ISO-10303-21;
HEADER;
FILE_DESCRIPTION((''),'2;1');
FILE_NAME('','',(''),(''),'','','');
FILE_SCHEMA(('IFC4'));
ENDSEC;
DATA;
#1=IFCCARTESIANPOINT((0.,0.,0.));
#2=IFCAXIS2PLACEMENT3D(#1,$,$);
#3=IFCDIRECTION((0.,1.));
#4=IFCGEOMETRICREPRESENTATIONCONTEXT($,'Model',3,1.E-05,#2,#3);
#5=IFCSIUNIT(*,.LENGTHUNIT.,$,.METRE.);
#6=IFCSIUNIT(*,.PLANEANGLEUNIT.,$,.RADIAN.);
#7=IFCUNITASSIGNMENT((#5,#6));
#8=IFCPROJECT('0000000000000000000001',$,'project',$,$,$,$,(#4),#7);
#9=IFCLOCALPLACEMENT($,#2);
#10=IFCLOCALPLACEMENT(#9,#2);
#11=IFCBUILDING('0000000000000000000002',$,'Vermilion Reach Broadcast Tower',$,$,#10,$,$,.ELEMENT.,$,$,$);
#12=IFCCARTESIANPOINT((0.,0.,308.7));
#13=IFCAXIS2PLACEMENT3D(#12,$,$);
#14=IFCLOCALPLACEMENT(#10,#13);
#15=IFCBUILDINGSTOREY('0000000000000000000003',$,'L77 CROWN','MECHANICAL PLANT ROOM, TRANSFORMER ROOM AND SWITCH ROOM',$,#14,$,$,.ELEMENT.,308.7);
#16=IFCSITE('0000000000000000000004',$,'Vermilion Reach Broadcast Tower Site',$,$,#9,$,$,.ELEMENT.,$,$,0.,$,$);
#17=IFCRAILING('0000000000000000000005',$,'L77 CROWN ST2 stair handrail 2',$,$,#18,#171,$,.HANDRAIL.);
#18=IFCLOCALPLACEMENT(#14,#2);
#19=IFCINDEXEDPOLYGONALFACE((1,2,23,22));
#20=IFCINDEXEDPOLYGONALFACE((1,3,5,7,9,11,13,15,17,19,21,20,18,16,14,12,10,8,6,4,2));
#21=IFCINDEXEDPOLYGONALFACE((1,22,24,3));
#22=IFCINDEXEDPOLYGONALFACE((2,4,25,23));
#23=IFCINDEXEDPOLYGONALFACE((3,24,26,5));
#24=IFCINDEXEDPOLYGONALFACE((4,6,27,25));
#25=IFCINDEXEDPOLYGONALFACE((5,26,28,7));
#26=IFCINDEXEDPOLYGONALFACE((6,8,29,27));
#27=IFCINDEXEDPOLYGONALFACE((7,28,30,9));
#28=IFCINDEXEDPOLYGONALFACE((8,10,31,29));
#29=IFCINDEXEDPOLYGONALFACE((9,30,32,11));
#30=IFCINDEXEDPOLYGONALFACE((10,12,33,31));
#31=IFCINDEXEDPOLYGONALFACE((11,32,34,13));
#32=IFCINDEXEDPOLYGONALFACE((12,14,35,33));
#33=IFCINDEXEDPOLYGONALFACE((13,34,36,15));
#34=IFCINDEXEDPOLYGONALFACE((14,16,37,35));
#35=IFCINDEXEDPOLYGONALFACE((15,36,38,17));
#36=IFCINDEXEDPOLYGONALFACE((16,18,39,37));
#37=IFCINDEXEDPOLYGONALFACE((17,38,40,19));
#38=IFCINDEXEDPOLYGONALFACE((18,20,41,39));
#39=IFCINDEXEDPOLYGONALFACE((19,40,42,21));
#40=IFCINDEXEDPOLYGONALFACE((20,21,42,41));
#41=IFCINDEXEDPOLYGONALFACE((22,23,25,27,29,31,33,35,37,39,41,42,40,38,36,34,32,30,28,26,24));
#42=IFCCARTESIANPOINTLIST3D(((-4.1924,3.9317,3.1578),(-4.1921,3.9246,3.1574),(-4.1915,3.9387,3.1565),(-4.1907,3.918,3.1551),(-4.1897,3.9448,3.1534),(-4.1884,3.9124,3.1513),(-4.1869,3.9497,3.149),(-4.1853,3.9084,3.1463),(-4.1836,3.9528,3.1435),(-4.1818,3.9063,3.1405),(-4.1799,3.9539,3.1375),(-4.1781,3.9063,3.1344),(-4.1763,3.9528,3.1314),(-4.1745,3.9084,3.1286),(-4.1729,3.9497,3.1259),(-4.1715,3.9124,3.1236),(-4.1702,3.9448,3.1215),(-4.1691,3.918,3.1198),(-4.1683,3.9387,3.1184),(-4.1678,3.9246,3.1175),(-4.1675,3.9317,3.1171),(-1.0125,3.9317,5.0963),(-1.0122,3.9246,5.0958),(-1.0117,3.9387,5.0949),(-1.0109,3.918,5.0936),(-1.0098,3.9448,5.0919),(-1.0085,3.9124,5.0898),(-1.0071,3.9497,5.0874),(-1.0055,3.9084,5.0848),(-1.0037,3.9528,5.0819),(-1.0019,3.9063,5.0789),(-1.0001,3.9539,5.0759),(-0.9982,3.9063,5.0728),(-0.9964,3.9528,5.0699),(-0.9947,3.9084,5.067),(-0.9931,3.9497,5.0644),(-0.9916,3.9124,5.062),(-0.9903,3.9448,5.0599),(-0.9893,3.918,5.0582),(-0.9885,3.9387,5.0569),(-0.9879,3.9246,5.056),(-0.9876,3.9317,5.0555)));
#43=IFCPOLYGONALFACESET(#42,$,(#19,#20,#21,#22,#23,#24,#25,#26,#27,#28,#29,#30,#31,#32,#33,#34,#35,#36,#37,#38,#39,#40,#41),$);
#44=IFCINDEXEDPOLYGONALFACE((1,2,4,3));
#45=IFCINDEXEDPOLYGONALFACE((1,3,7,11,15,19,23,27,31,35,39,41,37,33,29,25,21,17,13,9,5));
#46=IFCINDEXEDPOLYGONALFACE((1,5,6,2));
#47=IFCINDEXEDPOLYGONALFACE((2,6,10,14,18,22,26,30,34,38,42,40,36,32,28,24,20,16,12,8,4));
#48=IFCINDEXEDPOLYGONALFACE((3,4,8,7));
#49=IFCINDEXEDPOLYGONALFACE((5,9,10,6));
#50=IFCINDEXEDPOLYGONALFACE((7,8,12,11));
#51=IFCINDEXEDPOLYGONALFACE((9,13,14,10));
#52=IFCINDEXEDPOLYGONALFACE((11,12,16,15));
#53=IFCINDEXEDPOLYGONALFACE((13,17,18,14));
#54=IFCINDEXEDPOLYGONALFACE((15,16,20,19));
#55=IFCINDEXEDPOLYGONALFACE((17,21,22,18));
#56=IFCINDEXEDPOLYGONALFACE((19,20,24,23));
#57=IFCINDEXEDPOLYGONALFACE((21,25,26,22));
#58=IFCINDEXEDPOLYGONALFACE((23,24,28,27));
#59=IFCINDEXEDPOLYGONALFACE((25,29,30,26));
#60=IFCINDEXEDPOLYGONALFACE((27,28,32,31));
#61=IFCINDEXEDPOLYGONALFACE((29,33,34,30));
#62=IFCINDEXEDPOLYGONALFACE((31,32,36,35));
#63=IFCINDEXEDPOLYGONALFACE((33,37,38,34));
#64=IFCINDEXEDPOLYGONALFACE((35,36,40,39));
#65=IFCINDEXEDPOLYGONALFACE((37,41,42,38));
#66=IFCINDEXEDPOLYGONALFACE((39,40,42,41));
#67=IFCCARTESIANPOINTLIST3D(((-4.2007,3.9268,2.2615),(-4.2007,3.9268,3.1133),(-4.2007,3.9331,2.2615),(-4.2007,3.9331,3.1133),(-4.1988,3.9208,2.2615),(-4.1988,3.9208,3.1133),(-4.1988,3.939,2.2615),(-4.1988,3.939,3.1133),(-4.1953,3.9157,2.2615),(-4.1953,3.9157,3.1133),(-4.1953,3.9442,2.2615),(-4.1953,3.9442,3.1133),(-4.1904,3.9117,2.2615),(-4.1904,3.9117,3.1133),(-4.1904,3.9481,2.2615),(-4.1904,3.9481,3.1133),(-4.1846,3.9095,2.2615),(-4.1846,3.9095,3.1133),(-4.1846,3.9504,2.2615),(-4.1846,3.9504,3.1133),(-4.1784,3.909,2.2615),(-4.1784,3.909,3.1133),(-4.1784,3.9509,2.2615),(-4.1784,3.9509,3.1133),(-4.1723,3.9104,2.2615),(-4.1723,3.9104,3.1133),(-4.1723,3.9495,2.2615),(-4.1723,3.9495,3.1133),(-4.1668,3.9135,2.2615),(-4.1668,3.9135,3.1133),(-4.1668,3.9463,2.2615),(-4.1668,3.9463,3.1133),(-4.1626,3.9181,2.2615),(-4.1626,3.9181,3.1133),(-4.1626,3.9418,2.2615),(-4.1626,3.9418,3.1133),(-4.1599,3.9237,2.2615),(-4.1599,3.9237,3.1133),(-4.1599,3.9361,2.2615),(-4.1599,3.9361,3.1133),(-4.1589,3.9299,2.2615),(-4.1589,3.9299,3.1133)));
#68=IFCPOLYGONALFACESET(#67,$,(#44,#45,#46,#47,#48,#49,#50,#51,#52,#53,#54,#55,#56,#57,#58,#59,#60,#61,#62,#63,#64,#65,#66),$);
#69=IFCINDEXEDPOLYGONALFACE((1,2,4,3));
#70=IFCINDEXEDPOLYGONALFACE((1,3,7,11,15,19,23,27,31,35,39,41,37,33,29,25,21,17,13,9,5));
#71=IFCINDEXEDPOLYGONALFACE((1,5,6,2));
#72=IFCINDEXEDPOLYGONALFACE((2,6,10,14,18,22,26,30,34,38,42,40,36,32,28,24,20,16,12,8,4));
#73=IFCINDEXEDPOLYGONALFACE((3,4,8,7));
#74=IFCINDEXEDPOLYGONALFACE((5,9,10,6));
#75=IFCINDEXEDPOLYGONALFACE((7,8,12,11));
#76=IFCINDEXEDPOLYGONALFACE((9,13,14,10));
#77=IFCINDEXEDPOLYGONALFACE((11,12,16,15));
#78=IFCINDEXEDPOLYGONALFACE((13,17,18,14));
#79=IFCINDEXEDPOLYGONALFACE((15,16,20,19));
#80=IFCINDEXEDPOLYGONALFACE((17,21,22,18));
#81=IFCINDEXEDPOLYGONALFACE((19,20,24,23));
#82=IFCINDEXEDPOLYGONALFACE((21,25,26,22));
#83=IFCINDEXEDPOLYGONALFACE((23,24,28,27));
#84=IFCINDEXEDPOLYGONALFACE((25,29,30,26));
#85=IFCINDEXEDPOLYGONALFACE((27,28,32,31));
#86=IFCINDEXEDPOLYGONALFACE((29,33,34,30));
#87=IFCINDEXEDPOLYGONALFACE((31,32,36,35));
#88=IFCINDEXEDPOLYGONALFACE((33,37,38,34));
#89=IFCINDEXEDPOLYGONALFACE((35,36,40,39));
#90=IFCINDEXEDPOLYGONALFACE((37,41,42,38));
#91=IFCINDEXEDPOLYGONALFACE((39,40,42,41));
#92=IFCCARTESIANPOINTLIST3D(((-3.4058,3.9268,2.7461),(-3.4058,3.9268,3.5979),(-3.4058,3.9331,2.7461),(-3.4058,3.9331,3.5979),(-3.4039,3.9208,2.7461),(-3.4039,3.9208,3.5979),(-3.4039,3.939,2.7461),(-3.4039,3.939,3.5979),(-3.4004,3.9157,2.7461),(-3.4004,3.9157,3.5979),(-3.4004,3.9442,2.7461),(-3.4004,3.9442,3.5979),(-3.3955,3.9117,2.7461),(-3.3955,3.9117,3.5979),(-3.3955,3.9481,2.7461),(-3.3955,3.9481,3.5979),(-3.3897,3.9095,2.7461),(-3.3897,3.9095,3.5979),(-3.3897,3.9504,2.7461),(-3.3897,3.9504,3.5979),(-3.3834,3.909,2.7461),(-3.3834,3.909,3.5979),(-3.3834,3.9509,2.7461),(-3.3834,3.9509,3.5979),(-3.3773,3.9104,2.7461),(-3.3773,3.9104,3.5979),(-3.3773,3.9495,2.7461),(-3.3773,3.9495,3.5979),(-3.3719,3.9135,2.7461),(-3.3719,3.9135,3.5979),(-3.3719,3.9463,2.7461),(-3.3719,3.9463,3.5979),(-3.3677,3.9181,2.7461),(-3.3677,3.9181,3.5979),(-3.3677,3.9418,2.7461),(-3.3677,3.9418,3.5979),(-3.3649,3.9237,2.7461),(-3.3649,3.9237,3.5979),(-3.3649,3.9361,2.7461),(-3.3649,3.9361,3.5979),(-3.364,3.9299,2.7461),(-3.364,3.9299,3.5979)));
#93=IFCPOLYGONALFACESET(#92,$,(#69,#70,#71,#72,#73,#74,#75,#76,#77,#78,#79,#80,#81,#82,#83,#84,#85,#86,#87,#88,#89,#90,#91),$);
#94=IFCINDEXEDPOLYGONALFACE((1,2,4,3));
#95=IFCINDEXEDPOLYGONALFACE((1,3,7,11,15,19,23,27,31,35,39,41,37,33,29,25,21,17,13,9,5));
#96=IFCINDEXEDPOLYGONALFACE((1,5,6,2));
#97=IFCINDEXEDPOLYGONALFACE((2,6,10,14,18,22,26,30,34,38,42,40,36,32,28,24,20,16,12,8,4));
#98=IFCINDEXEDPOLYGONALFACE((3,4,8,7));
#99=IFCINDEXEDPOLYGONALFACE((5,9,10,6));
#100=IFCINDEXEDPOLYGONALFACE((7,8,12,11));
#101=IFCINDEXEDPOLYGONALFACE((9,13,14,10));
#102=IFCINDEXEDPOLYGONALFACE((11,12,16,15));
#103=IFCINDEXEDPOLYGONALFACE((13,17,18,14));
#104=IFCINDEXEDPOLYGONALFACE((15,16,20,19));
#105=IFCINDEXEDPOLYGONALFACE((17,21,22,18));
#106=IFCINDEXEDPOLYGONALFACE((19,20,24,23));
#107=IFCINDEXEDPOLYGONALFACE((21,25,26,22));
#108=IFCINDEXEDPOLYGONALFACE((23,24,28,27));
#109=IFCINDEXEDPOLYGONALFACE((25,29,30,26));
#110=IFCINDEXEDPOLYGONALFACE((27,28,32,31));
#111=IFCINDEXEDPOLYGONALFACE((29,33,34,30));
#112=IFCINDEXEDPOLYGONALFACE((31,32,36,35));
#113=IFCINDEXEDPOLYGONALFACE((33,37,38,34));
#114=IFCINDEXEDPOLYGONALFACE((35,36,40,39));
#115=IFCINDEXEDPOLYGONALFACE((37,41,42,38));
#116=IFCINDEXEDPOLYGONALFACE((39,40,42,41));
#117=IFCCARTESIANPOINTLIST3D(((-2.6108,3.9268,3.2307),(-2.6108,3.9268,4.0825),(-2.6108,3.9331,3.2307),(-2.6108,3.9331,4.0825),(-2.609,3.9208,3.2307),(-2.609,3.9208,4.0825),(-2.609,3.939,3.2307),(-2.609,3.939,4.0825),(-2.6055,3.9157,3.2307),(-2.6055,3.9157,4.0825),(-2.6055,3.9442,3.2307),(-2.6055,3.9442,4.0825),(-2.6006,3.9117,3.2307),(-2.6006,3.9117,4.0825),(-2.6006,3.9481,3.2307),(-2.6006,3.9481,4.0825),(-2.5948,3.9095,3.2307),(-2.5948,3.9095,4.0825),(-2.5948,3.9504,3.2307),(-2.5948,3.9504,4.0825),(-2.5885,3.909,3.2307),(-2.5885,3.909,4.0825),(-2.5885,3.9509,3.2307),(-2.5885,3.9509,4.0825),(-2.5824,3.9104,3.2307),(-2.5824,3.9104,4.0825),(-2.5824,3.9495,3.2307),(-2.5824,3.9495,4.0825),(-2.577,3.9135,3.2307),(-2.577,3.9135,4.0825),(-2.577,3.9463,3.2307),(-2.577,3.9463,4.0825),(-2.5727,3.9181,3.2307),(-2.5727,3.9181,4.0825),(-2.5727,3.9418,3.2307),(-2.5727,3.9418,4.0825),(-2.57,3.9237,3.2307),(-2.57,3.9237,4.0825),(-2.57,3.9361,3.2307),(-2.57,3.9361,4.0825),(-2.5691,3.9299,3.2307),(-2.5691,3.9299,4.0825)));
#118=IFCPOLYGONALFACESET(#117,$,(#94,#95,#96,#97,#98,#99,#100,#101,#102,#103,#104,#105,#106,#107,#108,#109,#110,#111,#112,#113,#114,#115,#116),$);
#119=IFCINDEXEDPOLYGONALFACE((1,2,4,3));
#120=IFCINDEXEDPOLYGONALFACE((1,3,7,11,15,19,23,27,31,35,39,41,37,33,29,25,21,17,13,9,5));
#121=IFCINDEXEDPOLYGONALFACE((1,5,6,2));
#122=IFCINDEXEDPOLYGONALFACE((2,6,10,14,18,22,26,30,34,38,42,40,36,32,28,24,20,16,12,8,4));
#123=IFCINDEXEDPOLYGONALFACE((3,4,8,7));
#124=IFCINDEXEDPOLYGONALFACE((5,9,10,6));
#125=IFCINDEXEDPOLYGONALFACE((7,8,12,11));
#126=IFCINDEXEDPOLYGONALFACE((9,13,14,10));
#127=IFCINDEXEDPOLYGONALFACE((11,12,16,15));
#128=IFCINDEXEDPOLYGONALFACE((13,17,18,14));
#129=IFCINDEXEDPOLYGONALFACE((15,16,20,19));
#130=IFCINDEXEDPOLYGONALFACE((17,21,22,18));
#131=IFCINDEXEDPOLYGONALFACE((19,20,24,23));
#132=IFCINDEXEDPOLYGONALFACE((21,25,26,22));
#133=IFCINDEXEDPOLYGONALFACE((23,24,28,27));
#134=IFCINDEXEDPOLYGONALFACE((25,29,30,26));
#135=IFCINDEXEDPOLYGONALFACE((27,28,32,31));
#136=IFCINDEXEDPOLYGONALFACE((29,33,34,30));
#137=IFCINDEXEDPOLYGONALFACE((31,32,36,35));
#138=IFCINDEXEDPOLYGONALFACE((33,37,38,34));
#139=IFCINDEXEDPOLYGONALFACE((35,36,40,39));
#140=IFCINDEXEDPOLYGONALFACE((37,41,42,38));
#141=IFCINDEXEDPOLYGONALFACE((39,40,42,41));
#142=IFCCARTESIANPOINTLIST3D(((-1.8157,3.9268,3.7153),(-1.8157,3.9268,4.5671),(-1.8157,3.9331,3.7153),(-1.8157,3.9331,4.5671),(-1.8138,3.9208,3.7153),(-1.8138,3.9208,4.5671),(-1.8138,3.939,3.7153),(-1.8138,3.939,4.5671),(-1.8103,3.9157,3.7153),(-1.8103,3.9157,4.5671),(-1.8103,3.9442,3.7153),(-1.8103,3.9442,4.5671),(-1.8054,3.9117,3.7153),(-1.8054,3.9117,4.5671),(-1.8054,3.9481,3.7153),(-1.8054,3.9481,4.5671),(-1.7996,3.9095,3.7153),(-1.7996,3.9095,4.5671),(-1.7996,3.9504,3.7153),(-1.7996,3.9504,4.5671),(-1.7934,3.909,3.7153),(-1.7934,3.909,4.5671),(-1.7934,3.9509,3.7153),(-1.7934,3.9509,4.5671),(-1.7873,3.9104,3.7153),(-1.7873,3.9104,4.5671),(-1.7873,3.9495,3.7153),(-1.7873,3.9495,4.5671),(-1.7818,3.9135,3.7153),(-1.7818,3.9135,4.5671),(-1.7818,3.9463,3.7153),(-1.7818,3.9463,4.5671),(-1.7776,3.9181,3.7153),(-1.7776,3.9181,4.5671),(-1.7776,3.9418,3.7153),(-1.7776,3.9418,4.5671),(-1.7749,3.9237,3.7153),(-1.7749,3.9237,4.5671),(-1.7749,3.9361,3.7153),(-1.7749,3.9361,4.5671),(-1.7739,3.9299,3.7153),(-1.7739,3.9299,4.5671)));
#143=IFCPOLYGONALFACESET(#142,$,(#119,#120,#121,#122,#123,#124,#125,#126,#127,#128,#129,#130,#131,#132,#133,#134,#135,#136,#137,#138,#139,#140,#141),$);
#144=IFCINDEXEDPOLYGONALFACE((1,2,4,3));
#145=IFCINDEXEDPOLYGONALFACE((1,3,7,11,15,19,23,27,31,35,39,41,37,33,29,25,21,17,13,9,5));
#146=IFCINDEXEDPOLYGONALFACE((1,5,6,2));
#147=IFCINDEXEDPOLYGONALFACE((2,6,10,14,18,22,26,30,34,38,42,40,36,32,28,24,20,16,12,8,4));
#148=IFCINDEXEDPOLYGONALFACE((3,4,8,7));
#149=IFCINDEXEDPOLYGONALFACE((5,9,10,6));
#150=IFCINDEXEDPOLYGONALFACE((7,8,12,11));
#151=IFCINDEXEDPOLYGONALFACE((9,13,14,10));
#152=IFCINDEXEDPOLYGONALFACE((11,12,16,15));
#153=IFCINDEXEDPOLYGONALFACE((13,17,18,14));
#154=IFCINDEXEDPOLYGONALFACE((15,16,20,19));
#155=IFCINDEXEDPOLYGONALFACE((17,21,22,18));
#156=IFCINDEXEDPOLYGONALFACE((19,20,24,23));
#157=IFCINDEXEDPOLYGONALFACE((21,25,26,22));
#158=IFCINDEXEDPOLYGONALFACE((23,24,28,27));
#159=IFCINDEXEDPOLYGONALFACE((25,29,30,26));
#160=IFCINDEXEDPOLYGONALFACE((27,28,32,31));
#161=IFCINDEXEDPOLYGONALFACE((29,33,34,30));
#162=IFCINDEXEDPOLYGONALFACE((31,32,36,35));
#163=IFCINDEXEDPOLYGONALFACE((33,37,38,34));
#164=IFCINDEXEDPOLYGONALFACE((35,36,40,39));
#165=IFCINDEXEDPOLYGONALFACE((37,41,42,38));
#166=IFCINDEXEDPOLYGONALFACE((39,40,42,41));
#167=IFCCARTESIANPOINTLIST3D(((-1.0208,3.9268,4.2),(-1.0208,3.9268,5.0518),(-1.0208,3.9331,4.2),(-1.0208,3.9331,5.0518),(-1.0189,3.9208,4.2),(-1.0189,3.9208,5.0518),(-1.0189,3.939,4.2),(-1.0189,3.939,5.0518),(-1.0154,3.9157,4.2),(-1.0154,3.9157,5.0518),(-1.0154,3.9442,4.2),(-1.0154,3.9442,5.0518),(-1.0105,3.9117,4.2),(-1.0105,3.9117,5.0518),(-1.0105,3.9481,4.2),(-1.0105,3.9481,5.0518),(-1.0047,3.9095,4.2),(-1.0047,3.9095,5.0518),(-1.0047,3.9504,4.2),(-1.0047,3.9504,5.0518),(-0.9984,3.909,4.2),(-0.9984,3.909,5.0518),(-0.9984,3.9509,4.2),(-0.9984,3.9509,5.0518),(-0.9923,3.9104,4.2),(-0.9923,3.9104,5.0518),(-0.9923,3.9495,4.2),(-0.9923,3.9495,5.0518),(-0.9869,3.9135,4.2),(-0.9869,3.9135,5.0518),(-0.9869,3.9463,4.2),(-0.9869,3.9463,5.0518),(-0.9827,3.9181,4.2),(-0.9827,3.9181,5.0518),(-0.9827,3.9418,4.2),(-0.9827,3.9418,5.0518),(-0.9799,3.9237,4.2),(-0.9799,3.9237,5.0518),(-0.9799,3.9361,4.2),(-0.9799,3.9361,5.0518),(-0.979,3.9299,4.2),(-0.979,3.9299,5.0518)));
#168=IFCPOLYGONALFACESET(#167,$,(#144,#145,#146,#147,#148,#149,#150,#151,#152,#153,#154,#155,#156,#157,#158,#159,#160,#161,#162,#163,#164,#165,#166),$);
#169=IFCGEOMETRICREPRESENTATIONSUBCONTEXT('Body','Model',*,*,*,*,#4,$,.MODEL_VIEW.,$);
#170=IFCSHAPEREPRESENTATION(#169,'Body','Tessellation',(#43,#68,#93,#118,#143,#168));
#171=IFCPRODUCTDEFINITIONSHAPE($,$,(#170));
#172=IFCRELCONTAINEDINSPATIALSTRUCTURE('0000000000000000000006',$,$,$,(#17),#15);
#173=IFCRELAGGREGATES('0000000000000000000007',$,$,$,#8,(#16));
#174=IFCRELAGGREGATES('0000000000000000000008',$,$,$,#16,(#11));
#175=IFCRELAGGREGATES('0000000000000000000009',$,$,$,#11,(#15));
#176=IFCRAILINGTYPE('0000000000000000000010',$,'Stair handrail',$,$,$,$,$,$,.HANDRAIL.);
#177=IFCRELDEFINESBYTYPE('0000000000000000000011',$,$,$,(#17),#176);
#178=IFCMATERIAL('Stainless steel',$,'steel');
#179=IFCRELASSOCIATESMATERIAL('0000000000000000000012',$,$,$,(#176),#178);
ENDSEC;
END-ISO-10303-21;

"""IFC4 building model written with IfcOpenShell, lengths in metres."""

from ifc_helpers import new_model, si_unit, direction, frame, origin, origin_2d, place, context, subcontext, project, spatial, circle, extrude, material, type_object, element, save


model = new_model("IFC4")

# Units and contexts
model_context = context("Model", 3, precision=1e-05, world=origin(), true_north=direction((0.0, 1.0)))
body_context = subcontext(model_context, "Body", "Model", "MODEL_VIEW")
ifc_project = project(units=[si_unit("LENGTHUNIT", "METRE"), si_unit("PLANEANGLEUNIT", "RADIAN")], contexts=[model_context])

# Site, building, storey
site_placement = place(None, origin())
site = spatial("IfcSite", under=ifc_project, at=site_placement, Name="Vermilion Reach Broadcast Tower Site", CompositionType="ELEMENT", RefElevation=0.0)
building_placement = place(site_placement, origin())
building = spatial("IfcBuilding", under=site, at=building_placement, Name="Vermilion Reach Broadcast Tower", CompositionType="ELEMENT")
storey_placement = place(building_placement, frame((0.0, 0.0, 308.7)))
storey = spatial("IfcBuildingStorey", under=building, at=storey_placement, Name="L77 CROWN", Description="MECHANICAL PLANT ROOM, TRANSFORMER ROOM AND SWITCH ROOM", CompositionType="ELEMENT", Elevation=308.7)

# Railing
ifc_material_1 = material(Name="Stainless steel", Category="steel")
railing_type_1 = type_object("IfcRailingType", Name="Stair handrail", PredefinedType="HANDRAIL", material=ifc_material_1)
railing_1_placement = place(storey_placement, frame((-4.1799, 3.9299, 2.2615)))
element("IfcRailing", 1, at=railing_1_placement, inside=storey, type_object=railing_type_1, Name="L77 CROWN ST2 stair handrail 2", PredefinedType="HANDRAIL", context=body_context, shape_type="SweptSolid", body=[
    extrude(circle(Radius=0.0239, at=origin_2d()), frame((0.0, 0.0, 0.876), z_axis=(0.853857, 0.0, 0.520508), x_axis=(0.0, 1.0, 0.0)), (0.0, 0.0, 1.0), 3.7241),
    extrude(circle(Radius=0.021, at=origin_2d()), origin(), (0.0, 0.0, 1.0), 0.8518),
    extrude(circle(Radius=0.021, at=origin_2d()), frame((0.7949, 0.0, 0.4846)), (0.0, 0.0, 1.0), 0.8518),
    extrude(circle(Radius=0.021, at=origin_2d()), frame((1.5898, 0.0, 0.9692)), (0.0, 0.0, 1.0), 0.8518),
    extrude(circle(Radius=0.021, at=origin_2d()), frame((2.385, 0.0, 1.4539)), (0.0, 0.0, 1.0), 0.8518),
    extrude(circle(Radius=0.021, at=origin_2d()), frame((3.1799, 0.0, 1.9385)), (0.0, 0.0, 1.0), 0.8518),
])

save(model, "model.ifc")
